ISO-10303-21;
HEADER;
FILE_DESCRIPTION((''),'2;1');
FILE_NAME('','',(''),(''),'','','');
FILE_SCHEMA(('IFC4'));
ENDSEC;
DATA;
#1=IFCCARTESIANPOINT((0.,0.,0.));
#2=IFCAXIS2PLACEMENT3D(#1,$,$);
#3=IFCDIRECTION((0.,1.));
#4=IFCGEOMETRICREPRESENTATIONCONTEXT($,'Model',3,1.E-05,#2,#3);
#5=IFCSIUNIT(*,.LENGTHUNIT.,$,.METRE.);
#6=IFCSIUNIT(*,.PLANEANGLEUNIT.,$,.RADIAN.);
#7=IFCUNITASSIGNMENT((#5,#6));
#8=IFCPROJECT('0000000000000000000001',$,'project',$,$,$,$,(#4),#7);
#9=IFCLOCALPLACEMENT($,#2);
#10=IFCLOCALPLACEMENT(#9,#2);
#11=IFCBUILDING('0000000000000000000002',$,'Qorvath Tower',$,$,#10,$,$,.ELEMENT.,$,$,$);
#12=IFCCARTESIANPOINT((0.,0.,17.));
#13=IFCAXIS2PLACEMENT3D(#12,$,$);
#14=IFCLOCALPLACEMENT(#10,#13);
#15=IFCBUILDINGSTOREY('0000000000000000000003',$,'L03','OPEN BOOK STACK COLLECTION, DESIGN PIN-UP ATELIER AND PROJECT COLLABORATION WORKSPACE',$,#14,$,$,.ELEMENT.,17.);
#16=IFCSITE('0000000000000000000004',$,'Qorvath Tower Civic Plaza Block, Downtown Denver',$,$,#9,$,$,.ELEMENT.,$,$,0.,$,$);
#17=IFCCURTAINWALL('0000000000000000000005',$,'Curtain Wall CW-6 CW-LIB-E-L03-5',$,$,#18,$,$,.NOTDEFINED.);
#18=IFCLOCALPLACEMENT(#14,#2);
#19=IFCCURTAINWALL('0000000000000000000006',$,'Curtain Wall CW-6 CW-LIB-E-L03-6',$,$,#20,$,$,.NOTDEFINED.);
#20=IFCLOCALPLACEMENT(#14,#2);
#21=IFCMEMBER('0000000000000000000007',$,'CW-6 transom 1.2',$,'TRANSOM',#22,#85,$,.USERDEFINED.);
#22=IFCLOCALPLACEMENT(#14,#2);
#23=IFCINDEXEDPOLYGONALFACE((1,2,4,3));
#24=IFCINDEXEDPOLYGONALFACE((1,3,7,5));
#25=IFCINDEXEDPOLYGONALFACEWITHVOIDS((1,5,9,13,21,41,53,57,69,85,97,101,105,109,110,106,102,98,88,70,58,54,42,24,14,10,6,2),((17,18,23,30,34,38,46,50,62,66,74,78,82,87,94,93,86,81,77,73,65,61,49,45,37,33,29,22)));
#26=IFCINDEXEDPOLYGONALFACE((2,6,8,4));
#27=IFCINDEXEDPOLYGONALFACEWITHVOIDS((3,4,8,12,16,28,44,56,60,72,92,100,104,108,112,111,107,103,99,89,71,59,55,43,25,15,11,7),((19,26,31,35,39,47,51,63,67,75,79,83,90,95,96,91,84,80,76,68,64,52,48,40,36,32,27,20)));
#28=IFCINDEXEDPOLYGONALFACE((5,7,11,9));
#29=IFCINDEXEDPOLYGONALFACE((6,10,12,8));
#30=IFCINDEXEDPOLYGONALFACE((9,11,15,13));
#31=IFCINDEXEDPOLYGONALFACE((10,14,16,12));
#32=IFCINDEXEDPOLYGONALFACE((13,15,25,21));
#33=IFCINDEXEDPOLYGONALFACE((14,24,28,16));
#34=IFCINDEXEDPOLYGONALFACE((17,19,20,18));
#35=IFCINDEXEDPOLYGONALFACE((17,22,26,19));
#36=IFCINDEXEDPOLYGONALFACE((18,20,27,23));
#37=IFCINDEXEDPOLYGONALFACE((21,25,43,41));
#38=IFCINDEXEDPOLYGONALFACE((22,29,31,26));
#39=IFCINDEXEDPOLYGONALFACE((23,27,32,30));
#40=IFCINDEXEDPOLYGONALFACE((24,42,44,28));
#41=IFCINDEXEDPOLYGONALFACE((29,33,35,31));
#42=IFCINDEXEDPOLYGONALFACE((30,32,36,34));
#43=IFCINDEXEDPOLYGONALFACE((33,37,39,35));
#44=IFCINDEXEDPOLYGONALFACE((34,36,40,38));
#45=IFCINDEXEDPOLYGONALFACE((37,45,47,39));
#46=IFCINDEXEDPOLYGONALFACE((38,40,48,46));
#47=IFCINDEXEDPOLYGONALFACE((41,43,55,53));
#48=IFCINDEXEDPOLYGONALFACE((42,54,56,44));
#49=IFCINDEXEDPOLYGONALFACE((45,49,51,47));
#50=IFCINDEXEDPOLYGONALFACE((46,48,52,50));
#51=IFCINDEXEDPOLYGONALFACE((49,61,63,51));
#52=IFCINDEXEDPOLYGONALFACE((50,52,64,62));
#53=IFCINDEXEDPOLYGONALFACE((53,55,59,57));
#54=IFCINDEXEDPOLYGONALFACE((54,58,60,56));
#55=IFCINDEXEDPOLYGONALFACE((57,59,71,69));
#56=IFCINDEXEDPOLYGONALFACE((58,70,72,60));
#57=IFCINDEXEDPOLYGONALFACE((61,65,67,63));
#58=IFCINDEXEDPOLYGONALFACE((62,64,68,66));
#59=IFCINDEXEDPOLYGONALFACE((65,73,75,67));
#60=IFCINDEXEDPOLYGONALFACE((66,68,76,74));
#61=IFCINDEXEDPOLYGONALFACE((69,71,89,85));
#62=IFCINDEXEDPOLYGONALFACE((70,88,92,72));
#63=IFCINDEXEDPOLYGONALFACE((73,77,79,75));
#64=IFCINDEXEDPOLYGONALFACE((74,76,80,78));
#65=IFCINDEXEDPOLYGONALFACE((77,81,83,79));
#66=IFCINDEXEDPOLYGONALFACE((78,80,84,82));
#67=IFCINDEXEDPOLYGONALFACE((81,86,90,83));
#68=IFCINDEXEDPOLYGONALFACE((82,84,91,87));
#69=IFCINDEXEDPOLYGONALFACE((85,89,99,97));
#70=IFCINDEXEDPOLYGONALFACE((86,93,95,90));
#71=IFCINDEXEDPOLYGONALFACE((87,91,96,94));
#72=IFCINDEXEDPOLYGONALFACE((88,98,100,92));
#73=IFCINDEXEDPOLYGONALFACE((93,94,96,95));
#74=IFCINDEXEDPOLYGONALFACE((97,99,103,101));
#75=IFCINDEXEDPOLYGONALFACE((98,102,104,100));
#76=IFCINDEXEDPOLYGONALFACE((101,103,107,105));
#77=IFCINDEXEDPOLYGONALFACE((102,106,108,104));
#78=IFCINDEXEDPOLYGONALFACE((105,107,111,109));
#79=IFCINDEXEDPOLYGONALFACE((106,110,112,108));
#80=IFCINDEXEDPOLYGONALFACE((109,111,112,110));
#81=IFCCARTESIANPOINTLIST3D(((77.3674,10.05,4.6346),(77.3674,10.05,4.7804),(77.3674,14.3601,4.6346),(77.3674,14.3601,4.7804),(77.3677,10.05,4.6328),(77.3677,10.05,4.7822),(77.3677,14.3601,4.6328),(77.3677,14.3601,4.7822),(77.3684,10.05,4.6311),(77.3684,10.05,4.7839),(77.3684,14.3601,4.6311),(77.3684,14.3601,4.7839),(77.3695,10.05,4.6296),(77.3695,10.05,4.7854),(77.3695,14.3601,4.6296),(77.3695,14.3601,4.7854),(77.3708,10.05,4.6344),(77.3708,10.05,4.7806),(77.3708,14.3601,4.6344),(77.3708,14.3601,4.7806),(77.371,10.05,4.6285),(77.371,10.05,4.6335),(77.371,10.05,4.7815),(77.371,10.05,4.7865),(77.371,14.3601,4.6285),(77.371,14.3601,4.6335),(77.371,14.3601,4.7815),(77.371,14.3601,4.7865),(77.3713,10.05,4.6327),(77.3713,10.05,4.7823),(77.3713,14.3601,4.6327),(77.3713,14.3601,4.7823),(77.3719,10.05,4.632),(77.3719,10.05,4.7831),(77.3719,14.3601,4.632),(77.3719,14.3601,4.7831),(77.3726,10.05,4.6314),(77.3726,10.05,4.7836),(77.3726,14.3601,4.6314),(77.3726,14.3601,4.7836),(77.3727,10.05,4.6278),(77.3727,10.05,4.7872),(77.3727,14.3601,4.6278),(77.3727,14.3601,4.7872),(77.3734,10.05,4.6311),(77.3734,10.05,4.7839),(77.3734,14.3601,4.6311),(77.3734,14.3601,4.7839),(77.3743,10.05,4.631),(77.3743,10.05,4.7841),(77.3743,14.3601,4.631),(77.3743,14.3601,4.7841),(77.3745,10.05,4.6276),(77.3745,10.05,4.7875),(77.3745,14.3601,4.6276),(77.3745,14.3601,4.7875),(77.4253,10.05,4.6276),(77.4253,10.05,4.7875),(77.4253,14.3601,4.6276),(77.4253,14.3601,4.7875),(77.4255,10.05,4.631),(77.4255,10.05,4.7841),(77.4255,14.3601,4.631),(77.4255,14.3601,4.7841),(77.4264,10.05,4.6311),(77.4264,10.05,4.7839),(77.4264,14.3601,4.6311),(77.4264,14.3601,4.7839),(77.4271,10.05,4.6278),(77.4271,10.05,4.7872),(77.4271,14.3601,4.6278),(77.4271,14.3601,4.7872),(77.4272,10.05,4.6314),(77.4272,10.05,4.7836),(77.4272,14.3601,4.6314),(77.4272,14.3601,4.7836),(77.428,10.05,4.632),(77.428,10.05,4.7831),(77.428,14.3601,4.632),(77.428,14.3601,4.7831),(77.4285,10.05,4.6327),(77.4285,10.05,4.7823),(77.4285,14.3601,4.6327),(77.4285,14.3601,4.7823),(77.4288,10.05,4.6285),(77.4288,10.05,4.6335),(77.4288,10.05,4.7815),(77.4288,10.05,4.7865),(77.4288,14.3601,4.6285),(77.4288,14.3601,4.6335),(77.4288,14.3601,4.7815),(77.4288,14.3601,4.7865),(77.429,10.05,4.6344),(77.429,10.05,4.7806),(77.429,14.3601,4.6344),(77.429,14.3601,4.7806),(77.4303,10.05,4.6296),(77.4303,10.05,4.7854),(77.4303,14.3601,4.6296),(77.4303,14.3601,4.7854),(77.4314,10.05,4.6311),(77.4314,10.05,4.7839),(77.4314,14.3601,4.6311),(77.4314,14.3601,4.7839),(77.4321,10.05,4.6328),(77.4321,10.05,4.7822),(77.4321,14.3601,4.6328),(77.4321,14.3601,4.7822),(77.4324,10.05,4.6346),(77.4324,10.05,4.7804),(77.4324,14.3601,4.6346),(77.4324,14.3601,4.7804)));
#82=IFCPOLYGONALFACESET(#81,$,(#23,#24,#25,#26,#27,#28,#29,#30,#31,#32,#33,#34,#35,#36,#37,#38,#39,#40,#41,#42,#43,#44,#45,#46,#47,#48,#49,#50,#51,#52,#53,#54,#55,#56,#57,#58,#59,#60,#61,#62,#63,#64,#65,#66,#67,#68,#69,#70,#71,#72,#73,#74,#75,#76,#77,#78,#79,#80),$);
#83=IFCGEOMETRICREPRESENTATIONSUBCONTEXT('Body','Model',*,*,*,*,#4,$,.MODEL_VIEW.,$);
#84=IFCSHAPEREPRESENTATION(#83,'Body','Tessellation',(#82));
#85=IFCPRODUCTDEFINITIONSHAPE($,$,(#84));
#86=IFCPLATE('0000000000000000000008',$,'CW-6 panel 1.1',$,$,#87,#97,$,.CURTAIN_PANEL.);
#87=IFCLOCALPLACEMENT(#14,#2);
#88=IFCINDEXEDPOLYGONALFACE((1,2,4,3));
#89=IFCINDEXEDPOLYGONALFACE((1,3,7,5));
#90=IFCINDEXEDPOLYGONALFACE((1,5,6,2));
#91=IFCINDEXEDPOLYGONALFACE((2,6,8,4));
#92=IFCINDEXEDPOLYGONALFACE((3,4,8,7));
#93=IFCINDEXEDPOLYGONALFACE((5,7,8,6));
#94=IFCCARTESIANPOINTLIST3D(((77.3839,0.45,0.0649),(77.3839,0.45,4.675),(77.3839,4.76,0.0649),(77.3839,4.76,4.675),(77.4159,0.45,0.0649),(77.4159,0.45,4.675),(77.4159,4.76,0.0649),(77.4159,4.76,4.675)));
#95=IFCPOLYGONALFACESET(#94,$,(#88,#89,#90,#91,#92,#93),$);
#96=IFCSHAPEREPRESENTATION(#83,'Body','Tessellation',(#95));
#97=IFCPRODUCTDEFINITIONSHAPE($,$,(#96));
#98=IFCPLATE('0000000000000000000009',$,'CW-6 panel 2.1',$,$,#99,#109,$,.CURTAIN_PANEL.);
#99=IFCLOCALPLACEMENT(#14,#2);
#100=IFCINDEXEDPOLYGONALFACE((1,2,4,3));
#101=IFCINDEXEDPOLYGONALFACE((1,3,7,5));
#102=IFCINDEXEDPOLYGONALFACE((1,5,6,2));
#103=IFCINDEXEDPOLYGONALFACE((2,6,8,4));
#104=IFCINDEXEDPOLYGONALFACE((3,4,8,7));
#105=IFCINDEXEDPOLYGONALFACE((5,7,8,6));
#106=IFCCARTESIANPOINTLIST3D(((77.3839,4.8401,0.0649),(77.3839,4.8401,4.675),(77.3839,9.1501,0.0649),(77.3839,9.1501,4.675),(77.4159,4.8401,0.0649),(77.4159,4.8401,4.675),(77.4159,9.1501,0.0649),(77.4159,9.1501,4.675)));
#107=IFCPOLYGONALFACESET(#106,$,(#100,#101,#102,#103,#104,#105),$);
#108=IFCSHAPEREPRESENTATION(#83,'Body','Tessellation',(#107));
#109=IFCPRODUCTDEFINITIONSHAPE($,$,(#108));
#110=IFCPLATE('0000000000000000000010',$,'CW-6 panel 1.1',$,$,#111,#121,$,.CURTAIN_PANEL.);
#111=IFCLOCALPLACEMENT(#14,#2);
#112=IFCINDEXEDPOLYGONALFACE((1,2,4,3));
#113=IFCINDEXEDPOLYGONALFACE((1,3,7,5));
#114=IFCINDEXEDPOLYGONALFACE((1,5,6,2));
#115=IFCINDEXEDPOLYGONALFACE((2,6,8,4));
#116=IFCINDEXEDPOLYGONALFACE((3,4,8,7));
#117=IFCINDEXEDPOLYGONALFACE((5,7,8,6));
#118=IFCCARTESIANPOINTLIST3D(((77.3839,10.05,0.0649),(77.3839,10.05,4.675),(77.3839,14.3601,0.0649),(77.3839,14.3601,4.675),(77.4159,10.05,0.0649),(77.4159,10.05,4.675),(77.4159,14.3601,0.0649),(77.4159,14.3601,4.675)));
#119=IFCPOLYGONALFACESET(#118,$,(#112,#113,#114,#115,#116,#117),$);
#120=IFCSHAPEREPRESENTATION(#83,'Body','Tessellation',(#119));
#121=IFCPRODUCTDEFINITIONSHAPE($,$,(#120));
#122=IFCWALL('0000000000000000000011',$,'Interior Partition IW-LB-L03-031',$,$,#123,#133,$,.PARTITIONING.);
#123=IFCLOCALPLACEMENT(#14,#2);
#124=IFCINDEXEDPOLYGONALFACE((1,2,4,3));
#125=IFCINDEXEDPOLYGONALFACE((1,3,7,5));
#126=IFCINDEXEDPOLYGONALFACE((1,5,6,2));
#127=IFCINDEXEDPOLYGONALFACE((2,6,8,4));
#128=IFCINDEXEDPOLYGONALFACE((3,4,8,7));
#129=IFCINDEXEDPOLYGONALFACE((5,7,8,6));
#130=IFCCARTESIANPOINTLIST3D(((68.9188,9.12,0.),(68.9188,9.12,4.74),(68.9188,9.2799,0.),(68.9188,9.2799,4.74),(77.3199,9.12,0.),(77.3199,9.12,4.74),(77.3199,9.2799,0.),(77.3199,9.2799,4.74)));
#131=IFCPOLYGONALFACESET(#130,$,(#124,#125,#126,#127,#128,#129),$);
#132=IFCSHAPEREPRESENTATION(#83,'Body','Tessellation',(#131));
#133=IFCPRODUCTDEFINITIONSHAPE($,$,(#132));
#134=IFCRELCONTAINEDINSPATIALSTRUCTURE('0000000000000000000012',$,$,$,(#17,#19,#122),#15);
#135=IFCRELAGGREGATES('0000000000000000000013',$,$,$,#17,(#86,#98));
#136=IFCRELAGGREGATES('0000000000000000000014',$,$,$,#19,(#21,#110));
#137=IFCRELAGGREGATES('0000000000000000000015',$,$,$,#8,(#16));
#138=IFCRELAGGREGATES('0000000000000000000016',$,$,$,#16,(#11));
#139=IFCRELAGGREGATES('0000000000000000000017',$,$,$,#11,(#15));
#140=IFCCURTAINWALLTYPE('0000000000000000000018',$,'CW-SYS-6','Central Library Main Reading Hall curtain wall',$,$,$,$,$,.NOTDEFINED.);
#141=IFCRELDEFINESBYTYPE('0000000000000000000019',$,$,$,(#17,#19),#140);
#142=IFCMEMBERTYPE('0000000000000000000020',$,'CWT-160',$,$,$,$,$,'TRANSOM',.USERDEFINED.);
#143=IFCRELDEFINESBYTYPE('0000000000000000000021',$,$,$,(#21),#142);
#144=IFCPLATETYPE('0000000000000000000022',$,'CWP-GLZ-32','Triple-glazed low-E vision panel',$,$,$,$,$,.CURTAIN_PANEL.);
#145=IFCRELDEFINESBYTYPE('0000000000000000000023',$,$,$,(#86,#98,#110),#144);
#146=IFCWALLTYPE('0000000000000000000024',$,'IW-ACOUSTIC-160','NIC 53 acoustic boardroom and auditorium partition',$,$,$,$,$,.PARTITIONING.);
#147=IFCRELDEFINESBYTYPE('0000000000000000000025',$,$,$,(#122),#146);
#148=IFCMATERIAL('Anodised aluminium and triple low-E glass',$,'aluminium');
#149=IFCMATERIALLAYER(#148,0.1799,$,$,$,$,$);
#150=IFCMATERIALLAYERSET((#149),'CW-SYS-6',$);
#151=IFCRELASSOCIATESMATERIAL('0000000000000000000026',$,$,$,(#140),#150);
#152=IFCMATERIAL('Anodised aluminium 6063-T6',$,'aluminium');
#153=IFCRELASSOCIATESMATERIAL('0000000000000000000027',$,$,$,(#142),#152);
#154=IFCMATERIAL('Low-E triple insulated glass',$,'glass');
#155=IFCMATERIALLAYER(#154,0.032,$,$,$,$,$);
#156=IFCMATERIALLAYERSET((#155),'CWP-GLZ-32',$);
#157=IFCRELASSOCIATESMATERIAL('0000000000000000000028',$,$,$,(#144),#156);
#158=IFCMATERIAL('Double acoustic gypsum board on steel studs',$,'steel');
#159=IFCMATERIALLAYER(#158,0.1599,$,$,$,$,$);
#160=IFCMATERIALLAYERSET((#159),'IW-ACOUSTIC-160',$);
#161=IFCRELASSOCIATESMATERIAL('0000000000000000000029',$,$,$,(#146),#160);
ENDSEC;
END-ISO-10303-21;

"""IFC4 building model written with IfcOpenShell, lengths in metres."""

from ifc_helpers import new_model, si_unit, direction, frame, frame_2d, origin, origin_2d, place, context, subcontext, project, spatial, rectangle, hollow_rectangle, extrude, material, layer, layer_set, material_profile, profile_set, type_object, element, aggregate, save


model = new_model("IFC4")

# Units and contexts
model_context = context("Model", 3, precision=1e-05, world=origin(), true_north=direction((0.0, 1.0)))
body_context = subcontext(model_context, "Body", "Model", "MODEL_VIEW")
ifc_project = project(units=[si_unit("LENGTHUNIT", "METRE"), si_unit("PLANEANGLEUNIT", "RADIAN")], contexts=[model_context])

# Site, building, storey
site_placement = place(None, origin())
site = spatial("IfcSite", under=ifc_project, at=site_placement, Name="Qorvath Tower Civic Plaza Block, Downtown Denver", CompositionType="ELEMENT", RefElevation=0.0)
building_placement = place(site_placement, origin())
building = spatial("IfcBuilding", under=site, at=building_placement, Name="Qorvath Tower", CompositionType="ELEMENT")
storey_placement = place(building_placement, frame((0.0, 0.0, 17.0)))
storey = spatial("IfcBuildingStorey", under=building, at=storey_placement, Name="L03", Description="OPEN BOOK STACK COLLECTION, DESIGN PIN-UP ATELIER AND PROJECT COLLABORATION WORKSPACE", CompositionType="ELEMENT", Elevation=17.0)

# Curtain walls
ifc_material_1 = material(Name="Anodised aluminium and triple low-E glass", Category="aluminium")
ifc_layer_1 = layer(ifc_material_1, 0.1799)
ifc_layer_set_1 = layer_set([ifc_layer_1], Name="CW-SYS-6")
curtain_wall_type = type_object("IfcCurtainWallType", Name="CW-SYS-6", Description="Central Library Main Reading Hall curtain wall", PredefinedType="NOTDEFINED", material=ifc_layer_set_1)
curtain_wall_1_placement = place(storey_placement, origin())
curtain_wall_1 = element("IfcCurtainWall", 1, at=curtain_wall_1_placement, inside=storey, type_object=curtain_wall_type, Name="Curtain Wall CW-6 CW-LIB-E-L03-5", PredefinedType="NOTDEFINED")
curtain_wall_2_placement = place(storey_placement, origin())
curtain_wall_2 = element("IfcCurtainWall", 2, at=curtain_wall_2_placement, inside=storey, type_object=curtain_wall_type, Name="Curtain Wall CW-6 CW-LIB-E-L03-6", PredefinedType="NOTDEFINED")

# Member
ifc_material_2 = material(Name="Anodised aluminium 6063-T6", Category="aluminium")
ifc_material_profile_1 = material_profile(ifc_material_2, hollow_rectangle(XDim=0.0649, YDim=0.1599, WallThickness=0.0034, InnerFilletRadius=0.0034, OuterFilletRadius=0.0071, at=origin_2d()), Name="CWT 160x65")
ifc_profile_set_1 = profile_set([ifc_material_profile_1], Name="Anodised aluminium 6063-T6")
member_type_1 = type_object("IfcMemberType", Name="CWT-160", ElementType="TRANSOM", PredefinedType="USERDEFINED", material=ifc_profile_set_1)
member_1_placement = place(storey_placement, frame((77.3999, 10.05, 4.7075), z_axis=(0.0, 1.0, 0.0), x_axis=(-1.0, 0.0, 0.0)))
member_1 = element("IfcMember", 3, at=member_1_placement, type_object=member_type_1, Name="CW-6 transom 1.2", ObjectType="TRANSOM", PredefinedType="USERDEFINED", context=body_context, shape_type="SweptSolid", body=[
    extrude(hollow_rectangle(XDim=0.0649, YDim=0.1599, WallThickness=0.0034, InnerFilletRadius=0.0034, OuterFilletRadius=0.0071, at=origin_2d()), origin(), (0.0, 0.0, 1.0), 4.3101),
])

# Plates
ifc_material_3 = material(Name="Low-E triple insulated glass", Category="glass")
ifc_layer_2 = layer(ifc_material_3, 0.032)
ifc_layer_set_2 = layer_set([ifc_layer_2], Name="CWP-GLZ-32")
plate_type = type_object("IfcPlateType", Name="CWP-GLZ-32", Description="Triple-glazed low-E vision panel", PredefinedType="CURTAIN_PANEL", material=ifc_layer_set_2)
plate_1_placement = place(storey_placement, frame((77.3999, 2.605, 0.0649), z_axis=(0.0, 0.0, 1.0), x_axis=(0.0, 1.0, 0.0)))
plate_1 = element("IfcPlate", 4, at=plate_1_placement, type_object=plate_type, Name="CW-6 panel 1.1", PredefinedType="CURTAIN_PANEL", context=body_context, shape_type="SweptSolid", body=[
    extrude(rectangle(XDim=4.3101, YDim=0.032, at=origin_2d()), origin(), (0.0, 0.0, 1.0), 4.6101),
])
plate_2_placement = place(storey_placement, frame((77.3999, 6.9951, 0.0649), z_axis=(0.0, 0.0, 1.0), x_axis=(0.0, 1.0, 0.0)))
plate_2 = element("IfcPlate", 5, at=plate_2_placement, type_object=plate_type, Name="CW-6 panel 2.1", PredefinedType="CURTAIN_PANEL", context=body_context, shape_type="SweptSolid", body=[
    extrude(rectangle(XDim=4.3101, YDim=0.032, at=origin_2d()), origin(), (0.0, 0.0, 1.0), 4.6101),
])
aggregate(curtain_wall_1, [plate_1, plate_2])
plate_3_placement = place(storey_placement, frame((77.3999, 12.2051, 0.0649), z_axis=(0.0, 0.0, 1.0), x_axis=(0.0, 1.0, 0.0)))
plate_3 = element("IfcPlate", 6, at=plate_3_placement, type_object=plate_type, Name="CW-6 panel 1.1", PredefinedType="CURTAIN_PANEL", context=body_context, shape_type="SweptSolid", body=[
    extrude(rectangle(XDim=4.3101, YDim=0.032, at=origin_2d()), origin(), (0.0, 0.0, 1.0), 4.6101),
])
aggregate(curtain_wall_2, [member_1, plate_3])

# Wall
ifc_material_4 = material(Name="Double acoustic gypsum board on steel studs", Category="steel")
ifc_layer_3 = layer(ifc_material_4, 0.1599)
ifc_layer_set_3 = layer_set([ifc_layer_3], Name="IW-ACOUSTIC-160")
wall_type = type_object("IfcWallType", Name="IW-ACOUSTIC-160", Description="NIC 53 acoustic boardroom and auditorium partition", PredefinedType="PARTITIONING", material=ifc_layer_set_3)
wall_placement = place(storey_placement, frame((77.3201, 9.2, 0.0), z_axis=(0.0, 0.0, 1.0), x_axis=(-1.0, 0.0, 0.0)))
element("IfcWall", 7, at=wall_placement, inside=storey, type_object=wall_type, Name="Interior Partition IW-LB-L03-031", PredefinedType="PARTITIONING", context=body_context, shape_type="SweptSolid", body=[
    extrude(rectangle(XDim=8.4011, YDim=0.1599, at=frame_2d((4.2007, 0.0))), origin(), (0.0, 0.0, 1.0), 4.74),
])

save(model, "model.ifc")
